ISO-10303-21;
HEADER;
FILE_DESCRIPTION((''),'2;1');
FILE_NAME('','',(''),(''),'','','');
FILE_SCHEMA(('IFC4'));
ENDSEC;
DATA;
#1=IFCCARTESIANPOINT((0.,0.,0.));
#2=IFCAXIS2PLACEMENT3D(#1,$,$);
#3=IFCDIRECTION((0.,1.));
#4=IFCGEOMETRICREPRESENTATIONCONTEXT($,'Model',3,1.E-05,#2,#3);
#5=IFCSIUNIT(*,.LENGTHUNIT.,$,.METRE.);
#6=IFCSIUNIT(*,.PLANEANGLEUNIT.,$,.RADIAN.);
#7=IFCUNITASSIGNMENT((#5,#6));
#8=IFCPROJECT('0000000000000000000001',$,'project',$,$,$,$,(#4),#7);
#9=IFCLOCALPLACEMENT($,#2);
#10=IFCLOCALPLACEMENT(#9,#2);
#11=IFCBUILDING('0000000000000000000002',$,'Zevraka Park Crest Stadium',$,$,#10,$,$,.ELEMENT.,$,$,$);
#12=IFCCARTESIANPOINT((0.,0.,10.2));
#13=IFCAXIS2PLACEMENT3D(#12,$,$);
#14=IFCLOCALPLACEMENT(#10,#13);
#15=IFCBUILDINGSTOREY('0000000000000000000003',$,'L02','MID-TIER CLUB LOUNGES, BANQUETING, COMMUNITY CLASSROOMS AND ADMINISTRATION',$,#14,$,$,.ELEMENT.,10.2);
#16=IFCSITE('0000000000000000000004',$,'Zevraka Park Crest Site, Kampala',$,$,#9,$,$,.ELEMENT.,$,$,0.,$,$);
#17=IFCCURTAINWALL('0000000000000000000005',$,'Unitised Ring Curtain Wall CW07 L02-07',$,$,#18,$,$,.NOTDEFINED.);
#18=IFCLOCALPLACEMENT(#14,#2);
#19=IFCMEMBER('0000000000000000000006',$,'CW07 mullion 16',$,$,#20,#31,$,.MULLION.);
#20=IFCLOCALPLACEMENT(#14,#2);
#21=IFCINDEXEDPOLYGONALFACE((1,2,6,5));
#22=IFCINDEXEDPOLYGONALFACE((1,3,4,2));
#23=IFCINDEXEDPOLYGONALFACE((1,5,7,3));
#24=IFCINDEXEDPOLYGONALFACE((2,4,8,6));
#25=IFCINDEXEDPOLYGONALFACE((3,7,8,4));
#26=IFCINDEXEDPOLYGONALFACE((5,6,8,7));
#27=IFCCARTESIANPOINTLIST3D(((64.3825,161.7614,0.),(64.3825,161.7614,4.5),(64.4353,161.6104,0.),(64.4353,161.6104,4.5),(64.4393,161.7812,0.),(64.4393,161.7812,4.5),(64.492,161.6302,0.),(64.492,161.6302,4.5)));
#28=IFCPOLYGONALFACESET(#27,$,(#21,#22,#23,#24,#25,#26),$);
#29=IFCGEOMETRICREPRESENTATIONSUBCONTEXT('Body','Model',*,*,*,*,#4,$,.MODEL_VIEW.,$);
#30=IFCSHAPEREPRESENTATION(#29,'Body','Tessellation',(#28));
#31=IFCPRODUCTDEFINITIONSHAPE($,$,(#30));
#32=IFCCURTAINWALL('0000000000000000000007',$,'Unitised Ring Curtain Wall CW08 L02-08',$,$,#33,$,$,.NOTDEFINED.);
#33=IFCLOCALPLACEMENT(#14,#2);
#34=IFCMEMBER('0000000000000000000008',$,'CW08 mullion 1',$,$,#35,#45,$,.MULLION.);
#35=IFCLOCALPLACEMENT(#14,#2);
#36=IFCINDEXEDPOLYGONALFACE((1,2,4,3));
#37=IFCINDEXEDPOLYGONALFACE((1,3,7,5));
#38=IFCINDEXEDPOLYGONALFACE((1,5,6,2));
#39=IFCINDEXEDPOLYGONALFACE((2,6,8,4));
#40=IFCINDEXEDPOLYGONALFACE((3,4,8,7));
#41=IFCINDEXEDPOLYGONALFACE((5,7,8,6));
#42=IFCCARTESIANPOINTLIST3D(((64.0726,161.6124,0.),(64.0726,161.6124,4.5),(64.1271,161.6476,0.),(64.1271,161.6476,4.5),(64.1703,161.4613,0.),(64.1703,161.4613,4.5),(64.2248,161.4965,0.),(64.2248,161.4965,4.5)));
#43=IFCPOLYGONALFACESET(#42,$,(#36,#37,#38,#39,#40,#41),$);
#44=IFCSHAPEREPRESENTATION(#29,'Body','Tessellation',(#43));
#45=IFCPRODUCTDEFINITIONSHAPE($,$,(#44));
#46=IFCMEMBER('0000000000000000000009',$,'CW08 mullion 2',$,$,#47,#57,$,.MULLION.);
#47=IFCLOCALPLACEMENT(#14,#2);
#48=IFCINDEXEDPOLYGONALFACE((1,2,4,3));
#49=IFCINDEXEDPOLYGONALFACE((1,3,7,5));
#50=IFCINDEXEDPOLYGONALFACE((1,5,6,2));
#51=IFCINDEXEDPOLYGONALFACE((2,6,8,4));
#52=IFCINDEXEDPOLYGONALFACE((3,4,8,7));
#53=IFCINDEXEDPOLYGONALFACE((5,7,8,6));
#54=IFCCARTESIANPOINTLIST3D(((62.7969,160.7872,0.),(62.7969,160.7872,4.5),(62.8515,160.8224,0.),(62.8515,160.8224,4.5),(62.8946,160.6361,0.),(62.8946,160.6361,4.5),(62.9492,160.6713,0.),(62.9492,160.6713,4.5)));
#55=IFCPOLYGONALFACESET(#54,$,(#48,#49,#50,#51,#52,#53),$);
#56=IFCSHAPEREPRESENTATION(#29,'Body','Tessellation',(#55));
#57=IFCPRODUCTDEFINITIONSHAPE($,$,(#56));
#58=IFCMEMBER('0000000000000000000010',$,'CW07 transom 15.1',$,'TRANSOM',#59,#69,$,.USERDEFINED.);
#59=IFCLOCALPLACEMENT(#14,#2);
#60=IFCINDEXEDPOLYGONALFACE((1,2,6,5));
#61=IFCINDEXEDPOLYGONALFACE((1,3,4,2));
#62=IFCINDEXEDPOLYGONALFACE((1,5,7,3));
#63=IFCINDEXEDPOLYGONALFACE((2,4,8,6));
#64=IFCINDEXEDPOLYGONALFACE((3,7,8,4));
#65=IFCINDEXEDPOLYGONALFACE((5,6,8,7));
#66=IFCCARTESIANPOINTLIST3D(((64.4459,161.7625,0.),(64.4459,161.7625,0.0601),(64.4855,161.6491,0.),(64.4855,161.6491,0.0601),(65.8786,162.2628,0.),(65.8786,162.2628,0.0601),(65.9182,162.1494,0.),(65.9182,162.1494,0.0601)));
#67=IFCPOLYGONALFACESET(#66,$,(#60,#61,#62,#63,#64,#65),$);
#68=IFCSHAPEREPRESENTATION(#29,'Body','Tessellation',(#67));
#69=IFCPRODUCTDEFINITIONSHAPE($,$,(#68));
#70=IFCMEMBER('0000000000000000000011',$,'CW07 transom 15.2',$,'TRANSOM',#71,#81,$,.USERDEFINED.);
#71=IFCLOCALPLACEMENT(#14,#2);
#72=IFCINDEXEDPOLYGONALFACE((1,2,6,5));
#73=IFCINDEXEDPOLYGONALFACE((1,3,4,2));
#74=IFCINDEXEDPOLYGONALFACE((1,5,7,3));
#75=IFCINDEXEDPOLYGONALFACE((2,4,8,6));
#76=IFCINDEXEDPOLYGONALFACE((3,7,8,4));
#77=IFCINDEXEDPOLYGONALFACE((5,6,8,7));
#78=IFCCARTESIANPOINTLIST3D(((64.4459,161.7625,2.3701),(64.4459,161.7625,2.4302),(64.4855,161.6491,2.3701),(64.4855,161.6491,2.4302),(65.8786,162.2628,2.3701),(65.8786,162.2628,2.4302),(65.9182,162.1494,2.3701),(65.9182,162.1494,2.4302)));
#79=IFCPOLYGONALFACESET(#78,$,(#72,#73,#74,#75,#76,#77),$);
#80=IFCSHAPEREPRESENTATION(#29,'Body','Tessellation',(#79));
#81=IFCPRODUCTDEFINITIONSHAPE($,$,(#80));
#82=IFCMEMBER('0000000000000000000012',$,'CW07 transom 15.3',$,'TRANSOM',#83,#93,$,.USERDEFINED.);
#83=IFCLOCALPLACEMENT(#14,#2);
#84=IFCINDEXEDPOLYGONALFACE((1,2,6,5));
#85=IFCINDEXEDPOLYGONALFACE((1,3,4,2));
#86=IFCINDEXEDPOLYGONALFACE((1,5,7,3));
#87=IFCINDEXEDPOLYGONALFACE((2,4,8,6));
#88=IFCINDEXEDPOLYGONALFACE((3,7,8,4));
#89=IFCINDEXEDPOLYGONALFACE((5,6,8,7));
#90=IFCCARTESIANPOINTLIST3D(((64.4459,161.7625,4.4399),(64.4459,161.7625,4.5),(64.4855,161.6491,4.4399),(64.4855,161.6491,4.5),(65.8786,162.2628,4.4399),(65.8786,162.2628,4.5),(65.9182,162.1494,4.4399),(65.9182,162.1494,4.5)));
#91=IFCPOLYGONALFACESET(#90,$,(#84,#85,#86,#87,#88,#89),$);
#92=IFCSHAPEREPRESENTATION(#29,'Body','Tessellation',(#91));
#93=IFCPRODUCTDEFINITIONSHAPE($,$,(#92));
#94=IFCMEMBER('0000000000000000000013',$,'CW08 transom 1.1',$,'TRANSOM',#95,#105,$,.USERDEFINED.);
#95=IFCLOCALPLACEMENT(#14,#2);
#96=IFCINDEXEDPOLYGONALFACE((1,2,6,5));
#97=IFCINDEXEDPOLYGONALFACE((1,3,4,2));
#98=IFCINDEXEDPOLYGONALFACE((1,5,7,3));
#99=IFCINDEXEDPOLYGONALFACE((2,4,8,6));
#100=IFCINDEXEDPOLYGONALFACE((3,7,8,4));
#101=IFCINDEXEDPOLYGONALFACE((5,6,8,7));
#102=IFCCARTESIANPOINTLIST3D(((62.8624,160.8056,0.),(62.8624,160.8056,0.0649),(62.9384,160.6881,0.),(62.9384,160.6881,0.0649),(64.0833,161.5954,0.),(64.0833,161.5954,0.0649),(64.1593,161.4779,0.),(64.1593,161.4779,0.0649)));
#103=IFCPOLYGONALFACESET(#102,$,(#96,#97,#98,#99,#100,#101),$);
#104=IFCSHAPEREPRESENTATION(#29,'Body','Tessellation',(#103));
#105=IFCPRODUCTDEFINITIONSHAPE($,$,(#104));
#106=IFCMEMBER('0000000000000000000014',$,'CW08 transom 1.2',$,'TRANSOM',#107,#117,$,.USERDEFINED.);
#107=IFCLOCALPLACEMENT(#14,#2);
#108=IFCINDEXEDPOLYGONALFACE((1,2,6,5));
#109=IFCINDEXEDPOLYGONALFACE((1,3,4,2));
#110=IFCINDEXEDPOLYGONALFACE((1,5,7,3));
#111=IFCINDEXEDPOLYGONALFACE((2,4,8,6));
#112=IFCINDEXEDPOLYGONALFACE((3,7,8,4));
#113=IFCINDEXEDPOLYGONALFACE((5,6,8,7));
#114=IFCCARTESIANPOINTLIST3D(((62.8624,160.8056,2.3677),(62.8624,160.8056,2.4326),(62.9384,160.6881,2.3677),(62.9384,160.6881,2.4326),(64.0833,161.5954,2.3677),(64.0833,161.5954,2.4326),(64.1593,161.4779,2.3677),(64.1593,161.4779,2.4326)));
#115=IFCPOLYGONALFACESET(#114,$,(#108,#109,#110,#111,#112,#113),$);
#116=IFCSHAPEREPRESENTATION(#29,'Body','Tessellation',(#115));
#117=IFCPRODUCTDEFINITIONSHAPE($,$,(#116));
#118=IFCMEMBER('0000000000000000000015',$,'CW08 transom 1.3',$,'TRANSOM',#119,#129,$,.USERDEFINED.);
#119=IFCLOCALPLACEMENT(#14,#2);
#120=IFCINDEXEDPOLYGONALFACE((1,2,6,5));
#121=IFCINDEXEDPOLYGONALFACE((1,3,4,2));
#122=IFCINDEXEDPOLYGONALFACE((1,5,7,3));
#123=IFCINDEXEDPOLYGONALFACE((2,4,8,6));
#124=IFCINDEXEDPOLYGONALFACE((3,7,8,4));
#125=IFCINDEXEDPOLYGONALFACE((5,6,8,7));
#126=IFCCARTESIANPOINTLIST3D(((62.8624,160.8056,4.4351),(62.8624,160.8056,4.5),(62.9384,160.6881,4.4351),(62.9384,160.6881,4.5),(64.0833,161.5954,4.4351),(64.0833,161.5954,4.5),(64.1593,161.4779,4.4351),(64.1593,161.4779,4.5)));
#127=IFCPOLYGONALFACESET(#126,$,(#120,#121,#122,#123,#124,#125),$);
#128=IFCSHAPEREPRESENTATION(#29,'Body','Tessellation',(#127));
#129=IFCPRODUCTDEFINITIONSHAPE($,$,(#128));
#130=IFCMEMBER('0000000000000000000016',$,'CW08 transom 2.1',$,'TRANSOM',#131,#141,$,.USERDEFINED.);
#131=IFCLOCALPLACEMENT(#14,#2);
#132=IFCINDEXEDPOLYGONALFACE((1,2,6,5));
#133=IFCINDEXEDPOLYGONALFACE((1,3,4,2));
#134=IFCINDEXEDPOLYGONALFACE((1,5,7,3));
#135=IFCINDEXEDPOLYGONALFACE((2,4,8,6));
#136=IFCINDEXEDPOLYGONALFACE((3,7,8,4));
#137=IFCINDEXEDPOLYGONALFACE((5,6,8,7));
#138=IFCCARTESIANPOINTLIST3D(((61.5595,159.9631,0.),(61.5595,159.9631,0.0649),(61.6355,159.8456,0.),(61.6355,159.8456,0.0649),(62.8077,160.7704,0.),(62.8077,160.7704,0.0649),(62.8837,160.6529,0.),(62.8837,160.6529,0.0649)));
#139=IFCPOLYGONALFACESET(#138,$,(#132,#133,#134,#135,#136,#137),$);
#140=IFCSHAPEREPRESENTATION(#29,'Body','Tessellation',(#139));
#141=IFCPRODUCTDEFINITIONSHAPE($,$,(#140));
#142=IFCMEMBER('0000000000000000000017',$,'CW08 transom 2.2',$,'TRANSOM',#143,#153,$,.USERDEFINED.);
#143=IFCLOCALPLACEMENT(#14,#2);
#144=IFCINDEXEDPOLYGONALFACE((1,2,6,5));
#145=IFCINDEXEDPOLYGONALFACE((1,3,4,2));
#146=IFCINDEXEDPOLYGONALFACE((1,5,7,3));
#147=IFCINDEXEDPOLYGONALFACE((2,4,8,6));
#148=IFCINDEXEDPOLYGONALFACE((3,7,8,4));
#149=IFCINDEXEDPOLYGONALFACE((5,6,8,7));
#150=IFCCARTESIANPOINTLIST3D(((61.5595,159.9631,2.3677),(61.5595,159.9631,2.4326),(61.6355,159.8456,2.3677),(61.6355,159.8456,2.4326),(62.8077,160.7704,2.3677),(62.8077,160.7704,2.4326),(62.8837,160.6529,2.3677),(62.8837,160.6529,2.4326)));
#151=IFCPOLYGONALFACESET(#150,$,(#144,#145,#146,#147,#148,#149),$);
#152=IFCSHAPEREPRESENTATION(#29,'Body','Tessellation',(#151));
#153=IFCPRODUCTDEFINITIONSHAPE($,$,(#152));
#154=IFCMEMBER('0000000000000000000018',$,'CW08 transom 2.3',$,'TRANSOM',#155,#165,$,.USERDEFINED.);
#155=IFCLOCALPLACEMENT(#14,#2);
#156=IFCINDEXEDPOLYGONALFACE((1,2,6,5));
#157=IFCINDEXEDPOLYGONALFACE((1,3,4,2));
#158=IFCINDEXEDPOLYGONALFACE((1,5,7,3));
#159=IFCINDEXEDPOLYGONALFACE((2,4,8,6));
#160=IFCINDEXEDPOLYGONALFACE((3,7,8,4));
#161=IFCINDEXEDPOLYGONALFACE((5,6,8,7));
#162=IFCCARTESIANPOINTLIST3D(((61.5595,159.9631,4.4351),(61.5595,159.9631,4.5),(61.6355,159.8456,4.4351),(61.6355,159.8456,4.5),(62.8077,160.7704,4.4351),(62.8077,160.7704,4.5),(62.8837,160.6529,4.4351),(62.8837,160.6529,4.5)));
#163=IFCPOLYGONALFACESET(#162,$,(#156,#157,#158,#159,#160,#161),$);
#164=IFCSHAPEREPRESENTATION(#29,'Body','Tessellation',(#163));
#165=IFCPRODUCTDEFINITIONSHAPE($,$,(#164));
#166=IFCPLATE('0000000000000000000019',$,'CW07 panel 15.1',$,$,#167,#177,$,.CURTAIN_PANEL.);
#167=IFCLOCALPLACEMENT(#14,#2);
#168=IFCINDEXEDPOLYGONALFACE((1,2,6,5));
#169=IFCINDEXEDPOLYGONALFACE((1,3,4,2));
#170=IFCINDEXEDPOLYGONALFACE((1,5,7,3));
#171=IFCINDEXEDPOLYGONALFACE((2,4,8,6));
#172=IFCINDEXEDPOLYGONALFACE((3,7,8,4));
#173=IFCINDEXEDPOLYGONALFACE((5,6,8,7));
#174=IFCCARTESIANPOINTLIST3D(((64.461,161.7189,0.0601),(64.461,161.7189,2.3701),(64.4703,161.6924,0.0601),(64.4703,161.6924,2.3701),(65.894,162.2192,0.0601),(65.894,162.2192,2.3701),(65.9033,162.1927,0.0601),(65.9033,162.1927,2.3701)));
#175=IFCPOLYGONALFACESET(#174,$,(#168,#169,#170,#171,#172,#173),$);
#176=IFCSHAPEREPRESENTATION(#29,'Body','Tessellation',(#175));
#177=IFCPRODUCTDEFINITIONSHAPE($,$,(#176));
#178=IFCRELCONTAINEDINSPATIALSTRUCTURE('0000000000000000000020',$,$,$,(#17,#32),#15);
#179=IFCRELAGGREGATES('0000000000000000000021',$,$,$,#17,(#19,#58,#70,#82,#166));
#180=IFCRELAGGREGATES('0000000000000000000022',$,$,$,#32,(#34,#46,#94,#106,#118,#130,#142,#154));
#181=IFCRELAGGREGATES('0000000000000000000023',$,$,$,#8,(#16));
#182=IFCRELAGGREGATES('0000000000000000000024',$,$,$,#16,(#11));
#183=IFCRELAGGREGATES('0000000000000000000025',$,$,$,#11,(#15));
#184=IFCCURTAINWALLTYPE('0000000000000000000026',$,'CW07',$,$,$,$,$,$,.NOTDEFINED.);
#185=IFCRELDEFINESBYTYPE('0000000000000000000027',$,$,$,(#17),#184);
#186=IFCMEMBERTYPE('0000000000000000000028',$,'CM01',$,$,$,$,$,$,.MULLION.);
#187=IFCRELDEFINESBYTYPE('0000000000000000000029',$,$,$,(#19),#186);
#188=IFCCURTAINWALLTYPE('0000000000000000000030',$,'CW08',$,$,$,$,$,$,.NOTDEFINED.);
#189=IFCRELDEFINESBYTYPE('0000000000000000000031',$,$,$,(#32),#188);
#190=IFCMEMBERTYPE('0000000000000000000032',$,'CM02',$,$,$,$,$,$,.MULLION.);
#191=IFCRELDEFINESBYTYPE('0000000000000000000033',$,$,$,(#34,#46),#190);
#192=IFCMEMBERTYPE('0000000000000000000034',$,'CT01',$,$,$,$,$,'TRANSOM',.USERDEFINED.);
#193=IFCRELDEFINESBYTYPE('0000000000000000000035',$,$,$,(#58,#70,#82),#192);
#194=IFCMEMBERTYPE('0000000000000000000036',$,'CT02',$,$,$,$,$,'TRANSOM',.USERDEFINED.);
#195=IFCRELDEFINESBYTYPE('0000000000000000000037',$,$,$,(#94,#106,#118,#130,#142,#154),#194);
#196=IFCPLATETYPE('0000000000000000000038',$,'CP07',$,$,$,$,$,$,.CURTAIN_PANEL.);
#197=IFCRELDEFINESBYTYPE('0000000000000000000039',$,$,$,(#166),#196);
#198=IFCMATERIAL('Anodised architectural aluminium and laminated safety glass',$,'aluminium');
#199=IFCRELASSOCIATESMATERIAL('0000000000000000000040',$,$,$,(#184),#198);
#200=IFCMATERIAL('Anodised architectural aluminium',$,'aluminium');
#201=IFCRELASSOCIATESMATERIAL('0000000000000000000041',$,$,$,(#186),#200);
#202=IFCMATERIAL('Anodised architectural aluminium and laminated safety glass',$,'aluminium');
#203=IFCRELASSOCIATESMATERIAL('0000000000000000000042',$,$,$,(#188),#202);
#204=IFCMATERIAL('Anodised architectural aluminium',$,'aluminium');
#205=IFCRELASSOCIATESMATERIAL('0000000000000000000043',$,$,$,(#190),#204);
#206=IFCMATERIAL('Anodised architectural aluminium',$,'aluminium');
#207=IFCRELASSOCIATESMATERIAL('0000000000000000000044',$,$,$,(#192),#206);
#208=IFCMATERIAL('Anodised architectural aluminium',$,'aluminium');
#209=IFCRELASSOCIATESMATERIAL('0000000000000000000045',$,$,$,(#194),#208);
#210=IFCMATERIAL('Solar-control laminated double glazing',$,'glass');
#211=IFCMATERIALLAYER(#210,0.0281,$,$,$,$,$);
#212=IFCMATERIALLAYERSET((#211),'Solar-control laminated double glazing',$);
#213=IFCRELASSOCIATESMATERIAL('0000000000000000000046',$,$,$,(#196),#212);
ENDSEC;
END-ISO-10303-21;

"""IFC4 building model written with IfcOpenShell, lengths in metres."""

from ifc_helpers import new_model, si_unit, direction, frame, origin, origin_2d, place, context, subcontext, project, spatial, rectangle, extrude, material, layer, layer_set, material_profile, profile_set, type_object, element, aggregate, save


model = new_model("IFC4")

# Units and contexts
model_context = context("Model", 3, precision=1e-05, world=origin(), true_north=direction((0.0, 1.0)))
body_context = subcontext(model_context, "Body", "Model", "MODEL_VIEW")
ifc_project = project(units=[si_unit("LENGTHUNIT", "METRE"), si_unit("PLANEANGLEUNIT", "RADIAN")], contexts=[model_context])

# Site, building, storey
site_placement = place(None, origin())
site = spatial("IfcSite", under=ifc_project, at=site_placement, Name="Zevraka Park Crest Site, Kampala", CompositionType="ELEMENT", RefElevation=0.0)
building_placement = place(site_placement, origin())
building = spatial("IfcBuilding", under=site, at=building_placement, Name="Zevraka Park Crest Stadium", CompositionType="ELEMENT")
storey_placement = place(building_placement, frame((0.0, 0.0, 10.2)))
storey = spatial("IfcBuildingStorey", under=building, at=storey_placement, Name="L02", Description="MID-TIER CLUB LOUNGES, BANQUETING, COMMUNITY CLASSROOMS AND ADMINISTRATION", CompositionType="ELEMENT", Elevation=10.2)

# Curtain wall, member
ifc_material_1 = material(Name="Anodised architectural aluminium and laminated safety glass", Category="aluminium")
curtain_wall_type_1 = type_object("IfcCurtainWallType", Name="CW07", PredefinedType="NOTDEFINED", material=ifc_material_1)
curtain_wall_1_placement = place(storey_placement, origin())
curtain_wall_1 = element("IfcCurtainWall", 1, at=curtain_wall_1_placement, inside=storey, type_object=curtain_wall_type_1, Name="Unitised Ring Curtain Wall CW07 L02-07", PredefinedType="NOTDEFINED")
ifc_material_2 = material(Name="Anodised architectural aluminium", Category="aluminium")
ifc_material_profile_1 = material_profile(ifc_material_2, rectangle(XDim=0.1599, YDim=0.0601, at=origin_2d()), Name="ALU MULLION 160x60")
ifc_profile_set_1 = profile_set([ifc_material_profile_1], Name="Anodised architectural aluminium")
member_type_1 = type_object("IfcMemberType", Name="CM01", PredefinedType="MULLION", material=ifc_profile_set_1)
member_1_placement = place(storey_placement, frame((64.4373, 161.6958, 0.0), z_axis=(0.0, 0.0, 1.0), x_axis=(0.329619, -0.944114, 0.0)))
member_1 = element("IfcMember", 2, at=member_1_placement, type_object=member_type_1, Name="CW07 mullion 16", PredefinedType="MULLION", context=body_context, shape_type="SweptSolid", body=[
    extrude(rectangle(XDim=0.1599, YDim=0.0601, at=origin_2d()), origin(), (0.0, 0.0, 1.0), 4.5),
])

# Curtain wall, members
ifc_material_3 = material(Name="Anodised architectural aluminium and laminated safety glass", Category="aluminium")
curtain_wall_type_2 = type_object("IfcCurtainWallType", Name="CW08", PredefinedType="NOTDEFINED", material=ifc_material_3)
curtain_wall_2_placement = place(storey_placement, origin())
curtain_wall_2 = element("IfcCurtainWall", 3, at=curtain_wall_2_placement, inside=storey, type_object=curtain_wall_type_2, Name="Unitised Ring Curtain Wall CW08 L02-08", PredefinedType="NOTDEFINED")
ifc_material_4 = material(Name="Anodised architectural aluminium", Category="aluminium")
ifc_material_profile_2 = material_profile(ifc_material_4, rectangle(XDim=0.1799, YDim=0.0649, at=origin_2d()), Name="ALU MULLION 180x65")
ifc_profile_set_2 = profile_set([ifc_material_profile_2], Name="Anodised architectural aluminium")
member_type_2 = type_object("IfcMemberType", Name="CM02", PredefinedType="MULLION", material=ifc_profile_set_2)
member_2_placement = place(storey_placement, frame((64.1487, 161.5544, 0.0), z_axis=(0.0, 0.0, 1.0), x_axis=(0.543096, -0.83967, 0.0)))
member_2 = element("IfcMember", 4, at=member_2_placement, type_object=member_type_2, Name="CW08 mullion 1", PredefinedType="MULLION", context=body_context, shape_type="SweptSolid", body=[
    extrude(rectangle(XDim=0.1799, YDim=0.0649, at=origin_2d()), origin(), (0.0, 0.0, 1.0), 4.5),
])
member_3_placement = place(storey_placement, frame((62.873, 160.7292, 0.0), z_axis=(0.0, 0.0, 1.0), x_axis=(0.543096, -0.83967, 0.0)))
member_3 = element("IfcMember", 5, at=member_3_placement, type_object=member_type_2, Name="CW08 mullion 2", PredefinedType="MULLION", context=body_context, shape_type="SweptSolid", body=[
    extrude(rectangle(XDim=0.1799, YDim=0.0649, at=origin_2d()), origin(), (0.0, 0.0, 1.0), 4.5),
])

# Members
ifc_material_5 = material(Name="Anodised architectural aluminium", Category="aluminium")
ifc_material_profile_3 = material_profile(ifc_material_5, rectangle(XDim=0.1201, YDim=0.0601, at=origin_2d()), Name="ALU TRANSOM 120x60")
ifc_profile_set_3 = profile_set([ifc_material_profile_3], Name="Anodised architectural aluminium")
member_type_3 = type_object("IfcMemberType", Name="CT01", ElementType="TRANSOM", PredefinedType="USERDEFINED", material=ifc_profile_set_3)
member_4_placement = place(storey_placement, frame((65.8984, 162.2061, 0.03), z_axis=(-0.944116, -0.329612, 0.0), x_axis=(0.329612, -0.944116, 0.0)))
member_4 = element("IfcMember", 6, at=member_4_placement, type_object=member_type_3, Name="CW07 transom 15.1", ObjectType="TRANSOM", PredefinedType="USERDEFINED", context=body_context, shape_type="SweptSolid", body=[
    extrude(rectangle(XDim=0.1201, YDim=0.0601, at=origin_2d()), origin(), (0.0, 0.0, 1.0), 1.5176),
])
member_5_placement = place(storey_placement, frame((65.8984, 162.2061, 2.4001), z_axis=(-0.944116, -0.329612, 0.0), x_axis=(0.329612, -0.944116, 0.0)))
member_5 = element("IfcMember", 7, at=member_5_placement, type_object=member_type_3, Name="CW07 transom 15.2", ObjectType="TRANSOM", PredefinedType="USERDEFINED", context=body_context, shape_type="SweptSolid", body=[
    extrude(rectangle(XDim=0.1201, YDim=0.0601, at=origin_2d()), origin(), (0.0, 0.0, 1.0), 1.5176),
])
member_6_placement = place(storey_placement, frame((65.8984, 162.2061, 4.47), z_axis=(-0.944116, -0.329612, 0.0), x_axis=(0.329612, -0.944116, 0.0)))
member_6 = element("IfcMember", 8, at=member_6_placement, type_object=member_type_3, Name="CW07 transom 15.3", ObjectType="TRANSOM", PredefinedType="USERDEFINED", context=body_context, shape_type="SweptSolid", body=[
    extrude(rectangle(XDim=0.1201, YDim=0.0601, at=origin_2d()), origin(), (0.0, 0.0, 1.0), 1.5176),
])
ifc_material_6 = material(Name="Anodised architectural aluminium", Category="aluminium")
ifc_material_profile_4 = material_profile(ifc_material_6, rectangle(XDim=0.1399, YDim=0.0649, at=origin_2d()), Name="ALU TRANSOM 140x65")
ifc_profile_set_4 = profile_set([ifc_material_profile_4], Name="Anodised architectural aluminium")
member_type_4 = type_object("IfcMemberType", Name="CT02", ElementType="TRANSOM", PredefinedType="USERDEFINED", material=ifc_profile_set_4)
member_7_placement = place(storey_placement, frame((64.1213, 161.5366, 0.0325), z_axis=(-0.839642, -0.54314, 0.0), x_axis=(0.54314, -0.839642, 0.0)))
member_7 = element("IfcMember", 9, at=member_7_placement, type_object=member_type_4, Name="CW08 transom 1.1", ObjectType="TRANSOM", PredefinedType="USERDEFINED", context=body_context, shape_type="SweptSolid", body=[
    extrude(rectangle(XDim=0.1399, YDim=0.0649, at=origin_2d()), origin(), (0.0, 0.0, 1.0), 1.4541),
])
member_8_placement = place(storey_placement, frame((64.1213, 161.5366, 2.4001), z_axis=(-0.839642, -0.54314, 0.0), x_axis=(0.54314, -0.839642, 0.0)))
member_8 = element("IfcMember", 10, at=member_8_placement, type_object=member_type_4, Name="CW08 transom 1.2", ObjectType="TRANSOM", PredefinedType="USERDEFINED", context=body_context, shape_type="SweptSolid", body=[
    extrude(rectangle(XDim=0.1399, YDim=0.0649, at=origin_2d()), origin(), (0.0, 0.0, 1.0), 1.4541),
])
member_9_placement = place(storey_placement, frame((64.1213, 161.5366, 4.4675), z_axis=(-0.839642, -0.54314, 0.0), x_axis=(0.54314, -0.839642, 0.0)))
member_9 = element("IfcMember", 11, at=member_9_placement, type_object=member_type_4, Name="CW08 transom 1.3", ObjectType="TRANSOM", PredefinedType="USERDEFINED", context=body_context, shape_type="SweptSolid", body=[
    extrude(rectangle(XDim=0.1399, YDim=0.0649, at=origin_2d()), origin(), (0.0, 0.0, 1.0), 1.4541),
])
member_10_placement = place(storey_placement, frame((62.8457, 160.7117, 0.0325), z_axis=(-0.839676, -0.543088, 0.0), x_axis=(0.543088, -0.839676, 0.0)))
member_10 = element("IfcMember", 12, at=member_10_placement, type_object=member_type_4, Name="CW08 transom 2.1", ObjectType="TRANSOM", PredefinedType="USERDEFINED", context=body_context, shape_type="SweptSolid", body=[
    extrude(rectangle(XDim=0.1399, YDim=0.0649, at=origin_2d()), origin(), (0.0, 0.0, 1.0), 1.4866),
])
member_11_placement = place(storey_placement, frame((62.8457, 160.7117, 2.4001), z_axis=(-0.839676, -0.543088, 0.0), x_axis=(0.543088, -0.839676, 0.0)))
member_11 = element("IfcMember", 13, at=member_11_placement, type_object=member_type_4, Name="CW08 transom 2.2", ObjectType="TRANSOM", PredefinedType="USERDEFINED", context=body_context, shape_type="SweptSolid", body=[
    extrude(rectangle(XDim=0.1399, YDim=0.0649, at=origin_2d()), origin(), (0.0, 0.0, 1.0), 1.4866),
])
member_12_placement = place(storey_placement, frame((62.8457, 160.7117, 4.4675), z_axis=(-0.839676, -0.543088, 0.0), x_axis=(0.543088, -0.839676, 0.0)))
member_12 = element("IfcMember", 14, at=member_12_placement, type_object=member_type_4, Name="CW08 transom 2.3", ObjectType="TRANSOM", PredefinedType="USERDEFINED", context=body_context, shape_type="SweptSolid", body=[
    extrude(rectangle(XDim=0.1399, YDim=0.0649, at=origin_2d()), origin(), (0.0, 0.0, 1.0), 1.4866),
])

# Plate
ifc_material_7 = material(Name="Solar-control laminated double glazing", Category="glass")
ifc_layer_1 = layer(ifc_material_7, 0.0281)
ifc_layer_set_1 = layer_set([ifc_layer_1], Name="Solar-control laminated double glazing")
plate_type_1 = type_object("IfcPlateType", Name="CP07", PredefinedType="CURTAIN_PANEL", material=ifc_layer_set_1)
plate_1_placement = place(storey_placement, frame((65.1821, 161.9558, 0.0601), z_axis=(0.0, 0.0, 1.0), x_axis=(-0.944114, -0.329619, 0.0)))
plate_1 = element("IfcPlate", 15, at=plate_1_placement, type_object=plate_type_1, Name="CW07 panel 15.1", PredefinedType="CURTAIN_PANEL", context=body_context, shape_type="SweptSolid", body=[
    extrude(rectangle(XDim=1.5178, YDim=0.0281, at=origin_2d()), origin(), (0.0, 0.0, 1.0), 2.3101),
])
aggregate(curtain_wall_1, [member_1, member_4, member_5, member_6, plate_1])
aggregate(curtain_wall_2, [member_2, member_3, member_7, member_8, member_9, member_10, member_11, member_12])

save(model, "model.ifc")
